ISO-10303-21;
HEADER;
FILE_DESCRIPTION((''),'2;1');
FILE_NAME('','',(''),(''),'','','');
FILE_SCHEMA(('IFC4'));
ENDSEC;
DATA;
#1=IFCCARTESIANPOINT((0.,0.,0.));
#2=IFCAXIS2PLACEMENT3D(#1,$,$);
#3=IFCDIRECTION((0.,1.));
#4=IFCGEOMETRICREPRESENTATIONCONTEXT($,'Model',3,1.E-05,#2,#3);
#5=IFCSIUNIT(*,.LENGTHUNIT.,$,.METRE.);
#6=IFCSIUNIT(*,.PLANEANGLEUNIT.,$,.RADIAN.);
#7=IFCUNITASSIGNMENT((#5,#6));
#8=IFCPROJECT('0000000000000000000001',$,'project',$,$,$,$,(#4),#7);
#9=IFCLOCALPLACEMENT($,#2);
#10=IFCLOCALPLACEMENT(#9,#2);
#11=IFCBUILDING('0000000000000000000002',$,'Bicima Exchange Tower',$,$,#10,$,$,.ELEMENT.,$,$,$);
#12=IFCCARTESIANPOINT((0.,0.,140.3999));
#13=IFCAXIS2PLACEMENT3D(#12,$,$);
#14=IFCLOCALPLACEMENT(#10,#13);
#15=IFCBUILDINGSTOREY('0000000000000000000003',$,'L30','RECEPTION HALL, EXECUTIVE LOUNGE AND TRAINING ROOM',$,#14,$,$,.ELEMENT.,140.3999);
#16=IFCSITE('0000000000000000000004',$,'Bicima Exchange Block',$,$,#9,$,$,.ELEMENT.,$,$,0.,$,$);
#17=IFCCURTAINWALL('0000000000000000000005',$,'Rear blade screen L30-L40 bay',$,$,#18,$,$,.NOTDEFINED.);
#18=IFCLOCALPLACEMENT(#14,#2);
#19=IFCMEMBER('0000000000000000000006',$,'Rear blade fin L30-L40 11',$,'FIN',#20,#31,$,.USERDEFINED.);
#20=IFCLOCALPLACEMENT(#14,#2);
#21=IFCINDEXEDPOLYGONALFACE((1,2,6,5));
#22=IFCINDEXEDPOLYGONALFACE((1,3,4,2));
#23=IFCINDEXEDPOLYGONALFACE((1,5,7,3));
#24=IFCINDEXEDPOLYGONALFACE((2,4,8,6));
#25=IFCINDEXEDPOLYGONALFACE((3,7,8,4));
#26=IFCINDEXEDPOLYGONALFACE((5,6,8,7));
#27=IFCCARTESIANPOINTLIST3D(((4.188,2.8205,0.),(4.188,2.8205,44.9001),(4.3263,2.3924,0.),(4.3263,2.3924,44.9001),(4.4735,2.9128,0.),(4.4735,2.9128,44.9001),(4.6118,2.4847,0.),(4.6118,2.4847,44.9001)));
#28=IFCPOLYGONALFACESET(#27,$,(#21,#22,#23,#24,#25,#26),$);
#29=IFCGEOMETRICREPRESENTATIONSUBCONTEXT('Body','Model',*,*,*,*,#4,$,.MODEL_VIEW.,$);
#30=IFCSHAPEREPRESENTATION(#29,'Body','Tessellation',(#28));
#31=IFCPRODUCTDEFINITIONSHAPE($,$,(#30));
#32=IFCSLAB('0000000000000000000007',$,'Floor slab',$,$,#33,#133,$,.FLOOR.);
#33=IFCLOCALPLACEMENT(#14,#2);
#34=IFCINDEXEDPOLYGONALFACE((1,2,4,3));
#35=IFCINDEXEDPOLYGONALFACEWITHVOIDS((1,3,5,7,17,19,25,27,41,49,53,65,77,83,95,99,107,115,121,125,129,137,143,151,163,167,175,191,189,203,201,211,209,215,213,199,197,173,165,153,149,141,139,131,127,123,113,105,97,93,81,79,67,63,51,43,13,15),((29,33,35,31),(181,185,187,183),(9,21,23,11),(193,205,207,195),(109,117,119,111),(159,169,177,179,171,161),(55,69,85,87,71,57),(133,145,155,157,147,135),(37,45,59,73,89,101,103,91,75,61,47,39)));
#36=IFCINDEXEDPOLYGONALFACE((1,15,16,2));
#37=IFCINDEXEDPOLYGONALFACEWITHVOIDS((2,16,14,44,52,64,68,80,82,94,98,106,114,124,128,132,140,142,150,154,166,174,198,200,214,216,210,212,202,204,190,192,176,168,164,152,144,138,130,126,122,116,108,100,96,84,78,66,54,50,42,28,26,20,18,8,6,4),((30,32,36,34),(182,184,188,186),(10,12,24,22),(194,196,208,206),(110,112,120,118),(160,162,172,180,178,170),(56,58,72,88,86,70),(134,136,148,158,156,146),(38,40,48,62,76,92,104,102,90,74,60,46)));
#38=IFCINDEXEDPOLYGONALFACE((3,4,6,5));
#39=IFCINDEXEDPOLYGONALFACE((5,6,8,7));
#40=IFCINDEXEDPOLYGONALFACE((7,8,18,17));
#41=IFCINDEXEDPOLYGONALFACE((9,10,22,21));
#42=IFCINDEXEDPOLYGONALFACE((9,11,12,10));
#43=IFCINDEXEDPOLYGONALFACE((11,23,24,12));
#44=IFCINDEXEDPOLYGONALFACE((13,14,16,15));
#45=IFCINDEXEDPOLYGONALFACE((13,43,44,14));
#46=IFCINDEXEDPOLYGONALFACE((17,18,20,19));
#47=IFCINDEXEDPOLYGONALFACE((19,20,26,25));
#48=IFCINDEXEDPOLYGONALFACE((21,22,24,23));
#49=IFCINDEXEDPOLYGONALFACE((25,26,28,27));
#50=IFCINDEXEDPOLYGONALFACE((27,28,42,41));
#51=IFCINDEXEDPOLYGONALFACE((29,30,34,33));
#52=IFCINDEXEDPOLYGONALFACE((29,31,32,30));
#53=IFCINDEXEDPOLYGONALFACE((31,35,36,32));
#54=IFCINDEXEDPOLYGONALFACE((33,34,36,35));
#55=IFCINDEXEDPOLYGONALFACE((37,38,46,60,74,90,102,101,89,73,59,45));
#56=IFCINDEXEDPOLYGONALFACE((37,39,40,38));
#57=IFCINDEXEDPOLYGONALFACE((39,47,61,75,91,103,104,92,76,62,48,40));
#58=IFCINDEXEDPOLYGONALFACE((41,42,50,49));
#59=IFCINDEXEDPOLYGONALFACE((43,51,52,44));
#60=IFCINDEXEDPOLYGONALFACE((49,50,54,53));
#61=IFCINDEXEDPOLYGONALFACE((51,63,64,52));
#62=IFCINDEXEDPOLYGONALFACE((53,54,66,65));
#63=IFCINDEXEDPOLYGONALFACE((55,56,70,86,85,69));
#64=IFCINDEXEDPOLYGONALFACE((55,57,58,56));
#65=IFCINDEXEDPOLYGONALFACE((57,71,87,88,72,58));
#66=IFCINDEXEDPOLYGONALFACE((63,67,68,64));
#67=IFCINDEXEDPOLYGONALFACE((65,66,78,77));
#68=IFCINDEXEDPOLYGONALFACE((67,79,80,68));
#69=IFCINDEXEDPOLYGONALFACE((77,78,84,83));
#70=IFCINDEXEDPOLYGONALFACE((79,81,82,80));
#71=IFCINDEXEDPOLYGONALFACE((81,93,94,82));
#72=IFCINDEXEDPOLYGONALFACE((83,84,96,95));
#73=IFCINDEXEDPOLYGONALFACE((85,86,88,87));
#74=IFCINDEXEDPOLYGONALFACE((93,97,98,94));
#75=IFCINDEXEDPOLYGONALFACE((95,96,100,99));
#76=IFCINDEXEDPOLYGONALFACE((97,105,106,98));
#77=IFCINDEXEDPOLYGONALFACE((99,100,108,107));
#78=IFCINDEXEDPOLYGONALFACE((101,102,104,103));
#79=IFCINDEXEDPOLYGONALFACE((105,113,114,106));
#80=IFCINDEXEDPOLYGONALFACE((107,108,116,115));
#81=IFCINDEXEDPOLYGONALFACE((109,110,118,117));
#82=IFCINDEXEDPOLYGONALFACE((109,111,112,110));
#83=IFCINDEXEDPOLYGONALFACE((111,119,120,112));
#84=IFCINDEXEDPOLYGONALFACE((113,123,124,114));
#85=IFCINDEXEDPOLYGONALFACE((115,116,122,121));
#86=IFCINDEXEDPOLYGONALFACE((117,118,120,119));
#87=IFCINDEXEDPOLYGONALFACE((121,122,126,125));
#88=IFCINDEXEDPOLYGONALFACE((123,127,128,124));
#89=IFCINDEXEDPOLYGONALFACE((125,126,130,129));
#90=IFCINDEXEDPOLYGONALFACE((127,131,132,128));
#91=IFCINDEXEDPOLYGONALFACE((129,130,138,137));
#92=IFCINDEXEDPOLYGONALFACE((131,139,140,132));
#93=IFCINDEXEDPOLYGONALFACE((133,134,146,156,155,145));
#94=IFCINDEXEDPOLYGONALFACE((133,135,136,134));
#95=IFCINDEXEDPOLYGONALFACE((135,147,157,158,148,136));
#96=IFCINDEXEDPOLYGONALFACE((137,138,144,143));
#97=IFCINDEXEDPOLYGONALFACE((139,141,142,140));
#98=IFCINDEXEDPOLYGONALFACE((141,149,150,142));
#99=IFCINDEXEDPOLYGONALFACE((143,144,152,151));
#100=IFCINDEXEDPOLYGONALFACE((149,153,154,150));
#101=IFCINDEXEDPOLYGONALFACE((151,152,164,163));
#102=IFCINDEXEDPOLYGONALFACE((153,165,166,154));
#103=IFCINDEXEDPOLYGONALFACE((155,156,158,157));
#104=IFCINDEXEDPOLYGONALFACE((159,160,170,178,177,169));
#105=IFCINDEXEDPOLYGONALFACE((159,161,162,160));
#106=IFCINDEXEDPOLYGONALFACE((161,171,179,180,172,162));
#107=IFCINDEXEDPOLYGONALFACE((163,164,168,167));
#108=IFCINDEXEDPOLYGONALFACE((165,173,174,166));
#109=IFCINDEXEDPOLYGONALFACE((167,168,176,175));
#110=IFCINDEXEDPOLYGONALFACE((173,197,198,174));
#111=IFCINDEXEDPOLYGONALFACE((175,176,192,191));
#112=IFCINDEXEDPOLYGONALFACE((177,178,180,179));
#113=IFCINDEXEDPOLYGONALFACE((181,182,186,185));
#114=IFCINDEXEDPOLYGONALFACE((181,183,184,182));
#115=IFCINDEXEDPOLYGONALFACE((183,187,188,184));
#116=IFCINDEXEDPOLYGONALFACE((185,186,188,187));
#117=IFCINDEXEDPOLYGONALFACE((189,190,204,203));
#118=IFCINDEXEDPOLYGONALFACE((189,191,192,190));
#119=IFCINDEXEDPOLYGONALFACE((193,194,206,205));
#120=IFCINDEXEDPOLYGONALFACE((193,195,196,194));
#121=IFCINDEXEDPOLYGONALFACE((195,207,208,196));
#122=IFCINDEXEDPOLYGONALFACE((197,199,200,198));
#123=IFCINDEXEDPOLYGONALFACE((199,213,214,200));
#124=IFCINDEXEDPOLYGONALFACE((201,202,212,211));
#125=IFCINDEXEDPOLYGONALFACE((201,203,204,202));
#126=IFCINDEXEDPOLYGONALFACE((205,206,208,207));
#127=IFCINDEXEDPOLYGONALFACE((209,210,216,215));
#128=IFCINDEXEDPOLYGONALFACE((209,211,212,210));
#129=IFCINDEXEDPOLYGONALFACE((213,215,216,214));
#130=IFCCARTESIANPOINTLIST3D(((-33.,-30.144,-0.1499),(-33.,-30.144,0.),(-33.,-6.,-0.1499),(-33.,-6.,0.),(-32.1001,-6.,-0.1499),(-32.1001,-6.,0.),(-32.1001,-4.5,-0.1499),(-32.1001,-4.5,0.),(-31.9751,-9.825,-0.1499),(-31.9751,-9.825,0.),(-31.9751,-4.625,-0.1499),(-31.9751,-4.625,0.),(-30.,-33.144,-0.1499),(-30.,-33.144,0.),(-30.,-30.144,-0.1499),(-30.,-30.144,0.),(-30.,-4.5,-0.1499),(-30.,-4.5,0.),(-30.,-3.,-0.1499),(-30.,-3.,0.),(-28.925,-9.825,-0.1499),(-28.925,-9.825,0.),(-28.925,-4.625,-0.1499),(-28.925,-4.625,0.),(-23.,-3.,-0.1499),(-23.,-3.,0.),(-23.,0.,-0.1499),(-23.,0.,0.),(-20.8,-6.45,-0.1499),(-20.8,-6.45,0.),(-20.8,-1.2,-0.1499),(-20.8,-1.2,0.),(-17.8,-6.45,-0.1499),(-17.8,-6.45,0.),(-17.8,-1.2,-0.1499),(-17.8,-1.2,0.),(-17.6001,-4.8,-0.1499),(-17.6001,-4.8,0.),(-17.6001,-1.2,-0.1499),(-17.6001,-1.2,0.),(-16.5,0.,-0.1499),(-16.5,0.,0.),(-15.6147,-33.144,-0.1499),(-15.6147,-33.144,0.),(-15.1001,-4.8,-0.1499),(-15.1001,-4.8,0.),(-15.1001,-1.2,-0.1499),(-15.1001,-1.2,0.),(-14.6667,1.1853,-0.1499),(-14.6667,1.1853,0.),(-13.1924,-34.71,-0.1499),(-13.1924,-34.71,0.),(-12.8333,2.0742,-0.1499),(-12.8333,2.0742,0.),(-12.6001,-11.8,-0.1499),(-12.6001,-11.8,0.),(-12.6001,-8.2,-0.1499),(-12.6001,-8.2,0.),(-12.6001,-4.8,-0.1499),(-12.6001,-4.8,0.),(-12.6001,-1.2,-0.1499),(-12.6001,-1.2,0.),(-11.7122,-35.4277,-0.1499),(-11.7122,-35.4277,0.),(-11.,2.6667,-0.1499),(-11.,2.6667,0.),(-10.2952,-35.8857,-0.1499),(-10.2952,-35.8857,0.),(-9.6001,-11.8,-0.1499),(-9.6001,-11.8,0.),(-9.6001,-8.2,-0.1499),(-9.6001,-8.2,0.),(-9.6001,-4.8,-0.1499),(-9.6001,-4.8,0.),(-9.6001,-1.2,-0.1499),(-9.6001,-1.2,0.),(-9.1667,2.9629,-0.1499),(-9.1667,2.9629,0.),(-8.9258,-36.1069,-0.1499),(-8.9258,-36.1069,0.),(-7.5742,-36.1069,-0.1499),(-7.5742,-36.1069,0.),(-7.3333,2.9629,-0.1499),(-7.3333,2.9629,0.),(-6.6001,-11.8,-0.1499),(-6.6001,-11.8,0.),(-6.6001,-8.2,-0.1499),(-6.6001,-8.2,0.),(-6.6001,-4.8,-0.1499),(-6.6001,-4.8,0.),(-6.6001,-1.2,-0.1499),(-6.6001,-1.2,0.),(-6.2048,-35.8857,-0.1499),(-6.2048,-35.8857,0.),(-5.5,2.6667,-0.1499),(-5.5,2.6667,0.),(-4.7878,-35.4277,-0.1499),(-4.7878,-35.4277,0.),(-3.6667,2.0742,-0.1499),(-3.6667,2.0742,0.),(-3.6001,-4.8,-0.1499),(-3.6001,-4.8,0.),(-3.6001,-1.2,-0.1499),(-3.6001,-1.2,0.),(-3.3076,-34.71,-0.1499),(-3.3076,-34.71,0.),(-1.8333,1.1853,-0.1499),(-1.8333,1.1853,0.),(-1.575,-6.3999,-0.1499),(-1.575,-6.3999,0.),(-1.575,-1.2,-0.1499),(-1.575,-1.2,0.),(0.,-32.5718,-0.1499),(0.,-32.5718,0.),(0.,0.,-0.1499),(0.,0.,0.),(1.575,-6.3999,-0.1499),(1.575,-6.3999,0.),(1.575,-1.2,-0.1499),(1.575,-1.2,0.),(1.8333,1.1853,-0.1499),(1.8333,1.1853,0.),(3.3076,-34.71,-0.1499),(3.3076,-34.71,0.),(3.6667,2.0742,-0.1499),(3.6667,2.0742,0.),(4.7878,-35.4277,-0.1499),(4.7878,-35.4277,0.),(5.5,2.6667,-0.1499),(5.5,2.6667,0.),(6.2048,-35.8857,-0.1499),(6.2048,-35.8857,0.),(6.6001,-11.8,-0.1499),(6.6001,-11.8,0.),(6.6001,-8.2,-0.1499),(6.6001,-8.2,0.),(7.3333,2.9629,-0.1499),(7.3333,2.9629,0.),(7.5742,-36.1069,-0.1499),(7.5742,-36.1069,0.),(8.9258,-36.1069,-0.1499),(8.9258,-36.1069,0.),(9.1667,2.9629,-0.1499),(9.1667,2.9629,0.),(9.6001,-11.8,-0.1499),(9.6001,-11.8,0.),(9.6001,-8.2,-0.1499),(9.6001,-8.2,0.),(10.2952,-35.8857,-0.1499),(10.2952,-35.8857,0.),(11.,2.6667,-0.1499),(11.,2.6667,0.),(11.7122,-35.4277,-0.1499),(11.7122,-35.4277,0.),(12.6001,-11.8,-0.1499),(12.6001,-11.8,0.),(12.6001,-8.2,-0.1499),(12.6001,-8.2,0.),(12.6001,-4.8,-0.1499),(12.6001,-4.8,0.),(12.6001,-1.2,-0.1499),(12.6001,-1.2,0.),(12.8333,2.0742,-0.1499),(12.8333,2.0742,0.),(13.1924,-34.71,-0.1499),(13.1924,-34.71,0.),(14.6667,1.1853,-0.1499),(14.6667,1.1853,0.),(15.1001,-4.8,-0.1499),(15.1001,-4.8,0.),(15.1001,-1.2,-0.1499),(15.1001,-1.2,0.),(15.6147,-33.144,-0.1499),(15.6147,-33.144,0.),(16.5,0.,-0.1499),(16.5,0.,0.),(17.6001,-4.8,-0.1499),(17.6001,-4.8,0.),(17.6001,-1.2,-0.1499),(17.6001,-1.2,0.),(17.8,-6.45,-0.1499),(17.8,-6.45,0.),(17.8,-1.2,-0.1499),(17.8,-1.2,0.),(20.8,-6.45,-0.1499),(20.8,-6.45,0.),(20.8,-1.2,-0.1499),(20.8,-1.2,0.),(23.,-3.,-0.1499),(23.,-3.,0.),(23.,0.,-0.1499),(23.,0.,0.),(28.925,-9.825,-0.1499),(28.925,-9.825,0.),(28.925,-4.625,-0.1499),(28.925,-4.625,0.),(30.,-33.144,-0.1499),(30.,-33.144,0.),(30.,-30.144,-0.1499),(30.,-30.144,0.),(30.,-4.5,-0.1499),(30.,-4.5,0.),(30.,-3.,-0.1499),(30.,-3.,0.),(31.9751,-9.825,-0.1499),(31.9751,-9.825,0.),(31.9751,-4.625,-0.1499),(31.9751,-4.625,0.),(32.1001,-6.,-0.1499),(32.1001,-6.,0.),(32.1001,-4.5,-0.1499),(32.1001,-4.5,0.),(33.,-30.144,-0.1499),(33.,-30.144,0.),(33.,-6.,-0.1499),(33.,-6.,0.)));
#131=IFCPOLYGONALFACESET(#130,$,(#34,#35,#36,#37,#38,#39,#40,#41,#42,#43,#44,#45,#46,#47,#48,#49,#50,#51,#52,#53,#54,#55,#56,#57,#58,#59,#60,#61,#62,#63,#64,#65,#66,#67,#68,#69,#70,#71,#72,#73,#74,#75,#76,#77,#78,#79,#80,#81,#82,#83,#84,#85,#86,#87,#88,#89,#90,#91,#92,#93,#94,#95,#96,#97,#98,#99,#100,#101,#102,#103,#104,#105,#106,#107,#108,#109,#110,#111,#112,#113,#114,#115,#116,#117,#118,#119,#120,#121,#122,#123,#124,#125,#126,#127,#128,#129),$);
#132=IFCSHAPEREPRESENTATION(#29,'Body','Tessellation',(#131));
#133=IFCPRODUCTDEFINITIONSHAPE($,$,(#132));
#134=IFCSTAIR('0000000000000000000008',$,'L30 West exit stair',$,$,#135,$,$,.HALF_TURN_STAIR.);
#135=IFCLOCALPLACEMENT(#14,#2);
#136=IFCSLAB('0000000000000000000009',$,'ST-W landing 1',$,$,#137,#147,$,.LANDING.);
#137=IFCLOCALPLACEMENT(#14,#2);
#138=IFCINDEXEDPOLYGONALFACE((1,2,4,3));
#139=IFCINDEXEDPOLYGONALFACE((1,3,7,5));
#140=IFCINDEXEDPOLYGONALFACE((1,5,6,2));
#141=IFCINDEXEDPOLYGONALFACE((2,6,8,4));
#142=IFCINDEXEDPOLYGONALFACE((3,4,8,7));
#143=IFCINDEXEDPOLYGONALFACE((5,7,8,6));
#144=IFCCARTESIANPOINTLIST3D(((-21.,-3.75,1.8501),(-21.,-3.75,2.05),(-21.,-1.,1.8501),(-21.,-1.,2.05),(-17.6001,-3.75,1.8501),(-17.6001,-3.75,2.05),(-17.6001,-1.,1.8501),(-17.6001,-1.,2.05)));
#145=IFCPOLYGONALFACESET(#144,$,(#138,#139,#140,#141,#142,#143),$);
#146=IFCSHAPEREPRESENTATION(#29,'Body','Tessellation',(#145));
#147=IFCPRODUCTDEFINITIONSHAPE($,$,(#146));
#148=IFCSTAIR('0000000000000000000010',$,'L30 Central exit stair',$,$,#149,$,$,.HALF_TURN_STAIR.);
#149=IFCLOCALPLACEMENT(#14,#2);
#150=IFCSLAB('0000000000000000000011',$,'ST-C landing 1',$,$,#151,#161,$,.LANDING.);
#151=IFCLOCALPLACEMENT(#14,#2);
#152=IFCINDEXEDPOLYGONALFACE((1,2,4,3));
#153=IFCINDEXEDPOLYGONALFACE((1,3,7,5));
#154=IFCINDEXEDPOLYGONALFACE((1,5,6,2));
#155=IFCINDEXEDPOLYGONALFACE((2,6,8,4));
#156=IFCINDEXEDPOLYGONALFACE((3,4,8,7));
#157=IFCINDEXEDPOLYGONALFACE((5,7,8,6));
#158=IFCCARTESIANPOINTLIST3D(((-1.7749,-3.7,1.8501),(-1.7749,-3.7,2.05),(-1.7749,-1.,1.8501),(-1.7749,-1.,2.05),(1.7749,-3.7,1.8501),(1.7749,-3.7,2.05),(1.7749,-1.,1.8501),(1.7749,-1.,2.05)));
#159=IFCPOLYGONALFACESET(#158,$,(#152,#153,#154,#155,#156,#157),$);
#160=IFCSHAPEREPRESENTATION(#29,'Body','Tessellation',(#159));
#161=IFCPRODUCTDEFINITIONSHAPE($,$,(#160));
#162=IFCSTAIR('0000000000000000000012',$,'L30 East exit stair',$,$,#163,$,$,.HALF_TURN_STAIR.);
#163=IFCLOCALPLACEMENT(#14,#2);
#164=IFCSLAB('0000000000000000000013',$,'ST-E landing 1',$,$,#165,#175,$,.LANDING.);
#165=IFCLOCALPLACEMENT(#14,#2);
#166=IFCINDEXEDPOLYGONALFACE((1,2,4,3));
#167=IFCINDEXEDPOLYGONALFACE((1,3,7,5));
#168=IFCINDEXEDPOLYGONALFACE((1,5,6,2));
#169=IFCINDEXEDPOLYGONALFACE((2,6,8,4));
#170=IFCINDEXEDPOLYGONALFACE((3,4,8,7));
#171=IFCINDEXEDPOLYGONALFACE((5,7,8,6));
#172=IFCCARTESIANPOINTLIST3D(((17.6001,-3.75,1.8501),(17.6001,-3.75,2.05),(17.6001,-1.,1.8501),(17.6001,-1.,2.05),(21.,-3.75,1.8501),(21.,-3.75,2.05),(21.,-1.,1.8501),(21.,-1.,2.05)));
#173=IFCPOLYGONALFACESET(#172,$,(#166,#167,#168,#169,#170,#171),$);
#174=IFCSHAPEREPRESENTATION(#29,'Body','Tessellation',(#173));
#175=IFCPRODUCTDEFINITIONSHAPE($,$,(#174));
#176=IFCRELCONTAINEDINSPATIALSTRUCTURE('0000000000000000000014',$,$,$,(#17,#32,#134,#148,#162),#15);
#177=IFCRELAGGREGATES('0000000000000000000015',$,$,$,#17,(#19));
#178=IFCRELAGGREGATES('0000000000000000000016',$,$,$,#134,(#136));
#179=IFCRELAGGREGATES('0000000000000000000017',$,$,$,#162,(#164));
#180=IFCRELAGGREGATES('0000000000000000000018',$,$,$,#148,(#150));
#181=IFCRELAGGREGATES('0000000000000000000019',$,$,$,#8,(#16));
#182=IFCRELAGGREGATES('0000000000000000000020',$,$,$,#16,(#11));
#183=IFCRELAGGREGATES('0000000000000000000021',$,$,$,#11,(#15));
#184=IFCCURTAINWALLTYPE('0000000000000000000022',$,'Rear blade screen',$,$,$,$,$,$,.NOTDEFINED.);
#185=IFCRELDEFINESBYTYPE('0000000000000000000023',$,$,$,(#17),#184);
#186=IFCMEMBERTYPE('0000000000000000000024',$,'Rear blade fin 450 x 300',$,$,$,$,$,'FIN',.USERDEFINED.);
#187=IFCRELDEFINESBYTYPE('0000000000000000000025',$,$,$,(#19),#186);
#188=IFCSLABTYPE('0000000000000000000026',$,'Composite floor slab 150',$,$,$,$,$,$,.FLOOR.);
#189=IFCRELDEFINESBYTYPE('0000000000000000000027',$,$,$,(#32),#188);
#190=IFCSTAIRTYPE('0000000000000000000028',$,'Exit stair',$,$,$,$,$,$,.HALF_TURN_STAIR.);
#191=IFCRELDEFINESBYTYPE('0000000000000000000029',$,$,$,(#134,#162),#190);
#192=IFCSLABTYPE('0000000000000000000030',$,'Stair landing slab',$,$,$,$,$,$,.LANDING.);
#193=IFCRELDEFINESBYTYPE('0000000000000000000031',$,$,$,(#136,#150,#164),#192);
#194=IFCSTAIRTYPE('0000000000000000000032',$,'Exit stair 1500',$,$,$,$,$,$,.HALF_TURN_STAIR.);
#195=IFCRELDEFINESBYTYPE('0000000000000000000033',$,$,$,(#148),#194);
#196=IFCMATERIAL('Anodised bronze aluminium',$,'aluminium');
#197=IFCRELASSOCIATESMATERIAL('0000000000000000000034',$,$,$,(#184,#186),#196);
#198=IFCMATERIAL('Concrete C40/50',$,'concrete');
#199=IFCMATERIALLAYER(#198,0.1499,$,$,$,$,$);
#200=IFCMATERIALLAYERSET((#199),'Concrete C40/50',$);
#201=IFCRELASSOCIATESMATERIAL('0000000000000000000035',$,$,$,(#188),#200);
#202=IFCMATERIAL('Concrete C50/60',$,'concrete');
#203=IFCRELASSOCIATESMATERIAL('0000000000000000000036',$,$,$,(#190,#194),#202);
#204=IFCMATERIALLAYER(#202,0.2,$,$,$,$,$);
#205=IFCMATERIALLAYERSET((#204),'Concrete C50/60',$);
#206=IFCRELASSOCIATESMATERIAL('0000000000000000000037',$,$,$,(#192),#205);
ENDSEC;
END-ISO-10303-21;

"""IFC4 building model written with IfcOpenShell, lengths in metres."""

from ifc_helpers import new_model, si_unit, direction, frame, origin, origin_2d, place, context, subcontext, project, spatial, polyline, rectangle, outline, extrude, material, layer, layer_set, material_profile, profile_set, type_object, element, aggregate, save


model = new_model("IFC4")

# Units and contexts
model_context = context("Model", 3, precision=1e-05, world=origin(), true_north=direction((0.0, 1.0)))
body_context = subcontext(model_context, "Body", "Model", "MODEL_VIEW")
ifc_project = project(units=[si_unit("LENGTHUNIT", "METRE"), si_unit("PLANEANGLEUNIT", "RADIAN")], contexts=[model_context])

# Site, building, storey
site_placement = place(None, origin())
site = spatial("IfcSite", under=ifc_project, at=site_placement, Name="Bicima Exchange Block", CompositionType="ELEMENT", RefElevation=0.0)
building_placement = place(site_placement, origin())
building = spatial("IfcBuilding", under=site, at=building_placement, Name="Bicima Exchange Tower", CompositionType="ELEMENT")
storey_placement = place(building_placement, frame((0.0, 0.0, 140.3999)))
storey = spatial("IfcBuildingStorey", under=building, at=storey_placement, Name="L30", Description="RECEPTION HALL, EXECUTIVE LOUNGE AND TRAINING ROOM", CompositionType="ELEMENT", Elevation=140.3999)

# Curtain wall, member
ifc_material_1 = material(Name="Anodised bronze aluminium", Category="aluminium")
curtain_wall_type = type_object("IfcCurtainWallType", Name="Rear blade screen", PredefinedType="NOTDEFINED", material=ifc_material_1)
curtain_wall_placement = place(storey_placement, origin())
curtain_wall = element("IfcCurtainWall", 1, at=curtain_wall_placement, inside=storey, type_object=curtain_wall_type, Name="Rear blade screen L30-L40 bay", PredefinedType="NOTDEFINED")
ifc_material_profile = material_profile(ifc_material_1, rectangle(XDim=0.45, YDim=0.3, at=origin_2d()))
ifc_profile_set = profile_set([ifc_material_profile], Name="Anodised bronze aluminium")
member_type = type_object("IfcMemberType", Name="Rear blade fin 450 x 300", ElementType="FIN", PredefinedType="USERDEFINED", material=ifc_profile_set)
member_placement = place(storey_placement, frame((4.3999, 2.6526, 0.0), z_axis=(0.0, 0.0, 1.0), x_axis=(-0.307568, 0.951526, 0.0)))
member = element("IfcMember", 2, at=member_placement, type_object=member_type, Name="Rear blade fin L30-L40 11", ObjectType="FIN", PredefinedType="USERDEFINED", context=body_context, shape_type="SweptSolid", body=[
    extrude(rectangle(XDim=0.45, YDim=0.3, at=origin_2d()), origin(), (0.0, 0.0, 1.0), 44.9001),
])
aggregate(curtain_wall, [member])

# Slab
ifc_material_2 = material(Name="Concrete C40/50", Category="concrete")
ifc_layer_1 = layer(ifc_material_2, 0.1499)
ifc_layer_set_1 = layer_set([ifc_layer_1], Name="Concrete C40/50")
slab_type_1 = type_object("IfcSlabType", Name="Composite floor slab 150", PredefinedType="FLOOR", material=ifc_layer_set_1)
slab_1_placement = place(storey_placement, frame((0.0, 0.0, -0.1499)))
element("IfcSlab", 3, at=slab_1_placement, inside=storey, type_object=slab_type_1, Name="Floor slab", PredefinedType="FLOOR", context=body_context, shape_type="SweptSolid", body=[
    extrude(outline(polyline([(30.0, -33.144), (15.6147, -33.144), (13.1924, -34.71), (11.7122, -35.4277), (10.2952, -35.8857), (8.9258, -36.1069), (7.5742, -36.1069), (6.2048, -35.8857), (4.7878, -35.4277), (3.3076, -34.71), (0.0, -32.5718), (-3.3076, -34.71), (-4.7878, -35.4277), (-6.2048, -35.8857), (-7.5742, -36.1069), (-8.9258, -36.1069), (-10.2952, -35.8857), (-11.7122, -35.4277), (-13.1924, -34.71), (-15.6147, -33.144), (-30.0, -33.144), (-30.0, -30.144), (-33.0, -30.144), (-33.0, -6.0), (-32.1001, -6.0), (-32.1001, -4.5), (-30.0, -4.5), (-30.0, -3.0), (-23.0, -3.0), (-23.0, 0.0), (-16.5, 0.0), (-14.6667, 1.1853), (-12.8333, 2.0742), (-11.0, 2.6667), (-9.1667, 2.9629), (-7.3333, 2.9629), (-5.5, 2.6667), (-3.6667, 2.0742), (-1.8333, 1.1853), (0.0, 0.0), (1.8333, 1.1853), (3.6667, 2.0742), (5.5, 2.6667), (7.3333, 2.9629), (9.1667, 2.9629), (11.0, 2.6667), (12.8333, 2.0742), (14.6667, 1.1853), (16.5, 0.0), (23.0, 0.0), (23.0, -3.0), (30.0, -3.0), (30.0, -4.5), (32.1001, -4.5), (32.1001, -6.0), (33.0, -6.0), (33.0, -30.144), (30.0, -30.144), (30.0, -33.144)]), holes=[polyline([(-6.6001, -11.8), (-6.6001, -8.2), (-9.6001, -8.2), (-12.6001, -8.2), (-12.6001, -11.8), (-9.6001, -11.8), (-6.6001, -11.8)]), polyline([(-31.9751, -9.825), (-28.925, -9.825), (-28.925, -4.625), (-31.9751, -4.625), (-31.9751, -9.825)]), polyline([(-20.8, -6.45), (-17.8, -6.45), (-17.8, -1.2), (-20.8, -1.2), (-20.8, -6.45)]), polyline([(-9.6001, -1.2), (-12.6001, -1.2), (-15.1001, -1.2), (-17.6001, -1.2), (-17.6001, -4.8), (-15.1001, -4.8), (-12.6001, -4.8), (-9.6001, -4.8), (-6.6001, -4.8), (-3.6001, -4.8), (-3.6001, -1.2), (-6.6001, -1.2), (-9.6001, -1.2)]), polyline([(12.6001, -11.8), (12.6001, -8.2), (9.6001, -8.2), (6.6001, -8.2), (6.6001, -11.8), (9.6001, -11.8), (12.6001, -11.8)]), polyline([(28.925, -9.825), (31.9751, -9.825), (31.9751, -4.625), (28.925, -4.625), (28.925, -9.825)]), polyline([(17.8, -6.45), (20.8, -6.45), (20.8, -1.2), (17.8, -1.2), (17.8, -6.45)]), polyline([(-1.575, -6.3999), (1.575, -6.3999), (1.575, -1.2), (-1.575, -1.2), (-1.575, -6.3999)]), polyline([(17.6001, -4.8), (17.6001, -1.2), (15.1001, -1.2), (12.6001, -1.2), (12.6001, -4.8), (15.1001, -4.8), (17.6001, -4.8)])]), origin(), (0.0, 0.0, 1.0), 0.1499),
])

# Stairs, slabs
ifc_material_3 = material(Name="Concrete C50/60", Category="concrete")
stair_type_1 = type_object("IfcStairType", Name="Exit stair", PredefinedType="HALF_TURN_STAIR", material=ifc_material_3)
stair_1_placement = place(storey_placement, origin())
stair_1 = element("IfcStair", 4, at=stair_1_placement, inside=storey, type_object=stair_type_1, Name="L30 West exit stair", PredefinedType="HALF_TURN_STAIR")
ifc_layer_2 = layer(ifc_material_3, 0.2)
ifc_layer_set_2 = layer_set([ifc_layer_2], Name="Concrete C50/60")
slab_type_2 = type_object("IfcSlabType", Name="Stair landing slab", PredefinedType="LANDING", material=ifc_layer_set_2)
slab_2_placement = place(storey_placement, frame((0.0, 0.0, 1.8501)))
slab_2 = element("IfcSlab", 5, at=slab_2_placement, type_object=slab_type_2, Name="ST-W landing 1", PredefinedType="LANDING", context=body_context, shape_type="SweptSolid", body=[
    extrude(outline(polyline([(-17.6001, -3.75), (-17.6001, -1.0), (-21.0, -1.0), (-21.0, -3.75), (-17.6001, -3.75)])), origin(), (0.0, 0.0, 1.0), 0.2),
])
aggregate(stair_1, [slab_2])
stair_type_2 = type_object("IfcStairType", Name="Exit stair 1500", PredefinedType="HALF_TURN_STAIR", material=ifc_material_3)
stair_2_placement = place(storey_placement, origin())
stair_2 = element("IfcStair", 6, at=stair_2_placement, inside=storey, type_object=stair_type_2, Name="L30 Central exit stair", PredefinedType="HALF_TURN_STAIR")
slab_3_placement = place(storey_placement, frame((0.0, 0.0, 1.8501)))
slab_3 = element("IfcSlab", 7, at=slab_3_placement, type_object=slab_type_2, Name="ST-C landing 1", PredefinedType="LANDING", context=body_context, shape_type="SweptSolid", body=[
    extrude(outline(polyline([(1.7749, -3.7), (1.7749, -1.0), (-1.7749, -1.0), (-1.7749, -3.7), (1.7749, -3.7)])), origin(), (0.0, 0.0, 1.0), 0.2),
])
stair_3_placement = place(storey_placement, origin())
stair_3 = element("IfcStair", 8, at=stair_3_placement, inside=storey, type_object=stair_type_1, Name="L30 East exit stair", PredefinedType="HALF_TURN_STAIR")
slab_4_placement = place(storey_placement, frame((0.0, 0.0, 1.8501)))
slab_4 = element("IfcSlab", 9, at=slab_4_placement, type_object=slab_type_2, Name="ST-E landing 1", PredefinedType="LANDING", context=body_context, shape_type="SweptSolid", body=[
    extrude(outline(polyline([(21.0, -3.75), (21.0, -1.0), (17.6001, -1.0), (17.6001, -3.75), (21.0, -3.75)])), origin(), (0.0, 0.0, 1.0), 0.2),
])
aggregate(stair_3, [slab_4])

aggregate(stair_2, [slab_3])

save(model, "model.ifc")
